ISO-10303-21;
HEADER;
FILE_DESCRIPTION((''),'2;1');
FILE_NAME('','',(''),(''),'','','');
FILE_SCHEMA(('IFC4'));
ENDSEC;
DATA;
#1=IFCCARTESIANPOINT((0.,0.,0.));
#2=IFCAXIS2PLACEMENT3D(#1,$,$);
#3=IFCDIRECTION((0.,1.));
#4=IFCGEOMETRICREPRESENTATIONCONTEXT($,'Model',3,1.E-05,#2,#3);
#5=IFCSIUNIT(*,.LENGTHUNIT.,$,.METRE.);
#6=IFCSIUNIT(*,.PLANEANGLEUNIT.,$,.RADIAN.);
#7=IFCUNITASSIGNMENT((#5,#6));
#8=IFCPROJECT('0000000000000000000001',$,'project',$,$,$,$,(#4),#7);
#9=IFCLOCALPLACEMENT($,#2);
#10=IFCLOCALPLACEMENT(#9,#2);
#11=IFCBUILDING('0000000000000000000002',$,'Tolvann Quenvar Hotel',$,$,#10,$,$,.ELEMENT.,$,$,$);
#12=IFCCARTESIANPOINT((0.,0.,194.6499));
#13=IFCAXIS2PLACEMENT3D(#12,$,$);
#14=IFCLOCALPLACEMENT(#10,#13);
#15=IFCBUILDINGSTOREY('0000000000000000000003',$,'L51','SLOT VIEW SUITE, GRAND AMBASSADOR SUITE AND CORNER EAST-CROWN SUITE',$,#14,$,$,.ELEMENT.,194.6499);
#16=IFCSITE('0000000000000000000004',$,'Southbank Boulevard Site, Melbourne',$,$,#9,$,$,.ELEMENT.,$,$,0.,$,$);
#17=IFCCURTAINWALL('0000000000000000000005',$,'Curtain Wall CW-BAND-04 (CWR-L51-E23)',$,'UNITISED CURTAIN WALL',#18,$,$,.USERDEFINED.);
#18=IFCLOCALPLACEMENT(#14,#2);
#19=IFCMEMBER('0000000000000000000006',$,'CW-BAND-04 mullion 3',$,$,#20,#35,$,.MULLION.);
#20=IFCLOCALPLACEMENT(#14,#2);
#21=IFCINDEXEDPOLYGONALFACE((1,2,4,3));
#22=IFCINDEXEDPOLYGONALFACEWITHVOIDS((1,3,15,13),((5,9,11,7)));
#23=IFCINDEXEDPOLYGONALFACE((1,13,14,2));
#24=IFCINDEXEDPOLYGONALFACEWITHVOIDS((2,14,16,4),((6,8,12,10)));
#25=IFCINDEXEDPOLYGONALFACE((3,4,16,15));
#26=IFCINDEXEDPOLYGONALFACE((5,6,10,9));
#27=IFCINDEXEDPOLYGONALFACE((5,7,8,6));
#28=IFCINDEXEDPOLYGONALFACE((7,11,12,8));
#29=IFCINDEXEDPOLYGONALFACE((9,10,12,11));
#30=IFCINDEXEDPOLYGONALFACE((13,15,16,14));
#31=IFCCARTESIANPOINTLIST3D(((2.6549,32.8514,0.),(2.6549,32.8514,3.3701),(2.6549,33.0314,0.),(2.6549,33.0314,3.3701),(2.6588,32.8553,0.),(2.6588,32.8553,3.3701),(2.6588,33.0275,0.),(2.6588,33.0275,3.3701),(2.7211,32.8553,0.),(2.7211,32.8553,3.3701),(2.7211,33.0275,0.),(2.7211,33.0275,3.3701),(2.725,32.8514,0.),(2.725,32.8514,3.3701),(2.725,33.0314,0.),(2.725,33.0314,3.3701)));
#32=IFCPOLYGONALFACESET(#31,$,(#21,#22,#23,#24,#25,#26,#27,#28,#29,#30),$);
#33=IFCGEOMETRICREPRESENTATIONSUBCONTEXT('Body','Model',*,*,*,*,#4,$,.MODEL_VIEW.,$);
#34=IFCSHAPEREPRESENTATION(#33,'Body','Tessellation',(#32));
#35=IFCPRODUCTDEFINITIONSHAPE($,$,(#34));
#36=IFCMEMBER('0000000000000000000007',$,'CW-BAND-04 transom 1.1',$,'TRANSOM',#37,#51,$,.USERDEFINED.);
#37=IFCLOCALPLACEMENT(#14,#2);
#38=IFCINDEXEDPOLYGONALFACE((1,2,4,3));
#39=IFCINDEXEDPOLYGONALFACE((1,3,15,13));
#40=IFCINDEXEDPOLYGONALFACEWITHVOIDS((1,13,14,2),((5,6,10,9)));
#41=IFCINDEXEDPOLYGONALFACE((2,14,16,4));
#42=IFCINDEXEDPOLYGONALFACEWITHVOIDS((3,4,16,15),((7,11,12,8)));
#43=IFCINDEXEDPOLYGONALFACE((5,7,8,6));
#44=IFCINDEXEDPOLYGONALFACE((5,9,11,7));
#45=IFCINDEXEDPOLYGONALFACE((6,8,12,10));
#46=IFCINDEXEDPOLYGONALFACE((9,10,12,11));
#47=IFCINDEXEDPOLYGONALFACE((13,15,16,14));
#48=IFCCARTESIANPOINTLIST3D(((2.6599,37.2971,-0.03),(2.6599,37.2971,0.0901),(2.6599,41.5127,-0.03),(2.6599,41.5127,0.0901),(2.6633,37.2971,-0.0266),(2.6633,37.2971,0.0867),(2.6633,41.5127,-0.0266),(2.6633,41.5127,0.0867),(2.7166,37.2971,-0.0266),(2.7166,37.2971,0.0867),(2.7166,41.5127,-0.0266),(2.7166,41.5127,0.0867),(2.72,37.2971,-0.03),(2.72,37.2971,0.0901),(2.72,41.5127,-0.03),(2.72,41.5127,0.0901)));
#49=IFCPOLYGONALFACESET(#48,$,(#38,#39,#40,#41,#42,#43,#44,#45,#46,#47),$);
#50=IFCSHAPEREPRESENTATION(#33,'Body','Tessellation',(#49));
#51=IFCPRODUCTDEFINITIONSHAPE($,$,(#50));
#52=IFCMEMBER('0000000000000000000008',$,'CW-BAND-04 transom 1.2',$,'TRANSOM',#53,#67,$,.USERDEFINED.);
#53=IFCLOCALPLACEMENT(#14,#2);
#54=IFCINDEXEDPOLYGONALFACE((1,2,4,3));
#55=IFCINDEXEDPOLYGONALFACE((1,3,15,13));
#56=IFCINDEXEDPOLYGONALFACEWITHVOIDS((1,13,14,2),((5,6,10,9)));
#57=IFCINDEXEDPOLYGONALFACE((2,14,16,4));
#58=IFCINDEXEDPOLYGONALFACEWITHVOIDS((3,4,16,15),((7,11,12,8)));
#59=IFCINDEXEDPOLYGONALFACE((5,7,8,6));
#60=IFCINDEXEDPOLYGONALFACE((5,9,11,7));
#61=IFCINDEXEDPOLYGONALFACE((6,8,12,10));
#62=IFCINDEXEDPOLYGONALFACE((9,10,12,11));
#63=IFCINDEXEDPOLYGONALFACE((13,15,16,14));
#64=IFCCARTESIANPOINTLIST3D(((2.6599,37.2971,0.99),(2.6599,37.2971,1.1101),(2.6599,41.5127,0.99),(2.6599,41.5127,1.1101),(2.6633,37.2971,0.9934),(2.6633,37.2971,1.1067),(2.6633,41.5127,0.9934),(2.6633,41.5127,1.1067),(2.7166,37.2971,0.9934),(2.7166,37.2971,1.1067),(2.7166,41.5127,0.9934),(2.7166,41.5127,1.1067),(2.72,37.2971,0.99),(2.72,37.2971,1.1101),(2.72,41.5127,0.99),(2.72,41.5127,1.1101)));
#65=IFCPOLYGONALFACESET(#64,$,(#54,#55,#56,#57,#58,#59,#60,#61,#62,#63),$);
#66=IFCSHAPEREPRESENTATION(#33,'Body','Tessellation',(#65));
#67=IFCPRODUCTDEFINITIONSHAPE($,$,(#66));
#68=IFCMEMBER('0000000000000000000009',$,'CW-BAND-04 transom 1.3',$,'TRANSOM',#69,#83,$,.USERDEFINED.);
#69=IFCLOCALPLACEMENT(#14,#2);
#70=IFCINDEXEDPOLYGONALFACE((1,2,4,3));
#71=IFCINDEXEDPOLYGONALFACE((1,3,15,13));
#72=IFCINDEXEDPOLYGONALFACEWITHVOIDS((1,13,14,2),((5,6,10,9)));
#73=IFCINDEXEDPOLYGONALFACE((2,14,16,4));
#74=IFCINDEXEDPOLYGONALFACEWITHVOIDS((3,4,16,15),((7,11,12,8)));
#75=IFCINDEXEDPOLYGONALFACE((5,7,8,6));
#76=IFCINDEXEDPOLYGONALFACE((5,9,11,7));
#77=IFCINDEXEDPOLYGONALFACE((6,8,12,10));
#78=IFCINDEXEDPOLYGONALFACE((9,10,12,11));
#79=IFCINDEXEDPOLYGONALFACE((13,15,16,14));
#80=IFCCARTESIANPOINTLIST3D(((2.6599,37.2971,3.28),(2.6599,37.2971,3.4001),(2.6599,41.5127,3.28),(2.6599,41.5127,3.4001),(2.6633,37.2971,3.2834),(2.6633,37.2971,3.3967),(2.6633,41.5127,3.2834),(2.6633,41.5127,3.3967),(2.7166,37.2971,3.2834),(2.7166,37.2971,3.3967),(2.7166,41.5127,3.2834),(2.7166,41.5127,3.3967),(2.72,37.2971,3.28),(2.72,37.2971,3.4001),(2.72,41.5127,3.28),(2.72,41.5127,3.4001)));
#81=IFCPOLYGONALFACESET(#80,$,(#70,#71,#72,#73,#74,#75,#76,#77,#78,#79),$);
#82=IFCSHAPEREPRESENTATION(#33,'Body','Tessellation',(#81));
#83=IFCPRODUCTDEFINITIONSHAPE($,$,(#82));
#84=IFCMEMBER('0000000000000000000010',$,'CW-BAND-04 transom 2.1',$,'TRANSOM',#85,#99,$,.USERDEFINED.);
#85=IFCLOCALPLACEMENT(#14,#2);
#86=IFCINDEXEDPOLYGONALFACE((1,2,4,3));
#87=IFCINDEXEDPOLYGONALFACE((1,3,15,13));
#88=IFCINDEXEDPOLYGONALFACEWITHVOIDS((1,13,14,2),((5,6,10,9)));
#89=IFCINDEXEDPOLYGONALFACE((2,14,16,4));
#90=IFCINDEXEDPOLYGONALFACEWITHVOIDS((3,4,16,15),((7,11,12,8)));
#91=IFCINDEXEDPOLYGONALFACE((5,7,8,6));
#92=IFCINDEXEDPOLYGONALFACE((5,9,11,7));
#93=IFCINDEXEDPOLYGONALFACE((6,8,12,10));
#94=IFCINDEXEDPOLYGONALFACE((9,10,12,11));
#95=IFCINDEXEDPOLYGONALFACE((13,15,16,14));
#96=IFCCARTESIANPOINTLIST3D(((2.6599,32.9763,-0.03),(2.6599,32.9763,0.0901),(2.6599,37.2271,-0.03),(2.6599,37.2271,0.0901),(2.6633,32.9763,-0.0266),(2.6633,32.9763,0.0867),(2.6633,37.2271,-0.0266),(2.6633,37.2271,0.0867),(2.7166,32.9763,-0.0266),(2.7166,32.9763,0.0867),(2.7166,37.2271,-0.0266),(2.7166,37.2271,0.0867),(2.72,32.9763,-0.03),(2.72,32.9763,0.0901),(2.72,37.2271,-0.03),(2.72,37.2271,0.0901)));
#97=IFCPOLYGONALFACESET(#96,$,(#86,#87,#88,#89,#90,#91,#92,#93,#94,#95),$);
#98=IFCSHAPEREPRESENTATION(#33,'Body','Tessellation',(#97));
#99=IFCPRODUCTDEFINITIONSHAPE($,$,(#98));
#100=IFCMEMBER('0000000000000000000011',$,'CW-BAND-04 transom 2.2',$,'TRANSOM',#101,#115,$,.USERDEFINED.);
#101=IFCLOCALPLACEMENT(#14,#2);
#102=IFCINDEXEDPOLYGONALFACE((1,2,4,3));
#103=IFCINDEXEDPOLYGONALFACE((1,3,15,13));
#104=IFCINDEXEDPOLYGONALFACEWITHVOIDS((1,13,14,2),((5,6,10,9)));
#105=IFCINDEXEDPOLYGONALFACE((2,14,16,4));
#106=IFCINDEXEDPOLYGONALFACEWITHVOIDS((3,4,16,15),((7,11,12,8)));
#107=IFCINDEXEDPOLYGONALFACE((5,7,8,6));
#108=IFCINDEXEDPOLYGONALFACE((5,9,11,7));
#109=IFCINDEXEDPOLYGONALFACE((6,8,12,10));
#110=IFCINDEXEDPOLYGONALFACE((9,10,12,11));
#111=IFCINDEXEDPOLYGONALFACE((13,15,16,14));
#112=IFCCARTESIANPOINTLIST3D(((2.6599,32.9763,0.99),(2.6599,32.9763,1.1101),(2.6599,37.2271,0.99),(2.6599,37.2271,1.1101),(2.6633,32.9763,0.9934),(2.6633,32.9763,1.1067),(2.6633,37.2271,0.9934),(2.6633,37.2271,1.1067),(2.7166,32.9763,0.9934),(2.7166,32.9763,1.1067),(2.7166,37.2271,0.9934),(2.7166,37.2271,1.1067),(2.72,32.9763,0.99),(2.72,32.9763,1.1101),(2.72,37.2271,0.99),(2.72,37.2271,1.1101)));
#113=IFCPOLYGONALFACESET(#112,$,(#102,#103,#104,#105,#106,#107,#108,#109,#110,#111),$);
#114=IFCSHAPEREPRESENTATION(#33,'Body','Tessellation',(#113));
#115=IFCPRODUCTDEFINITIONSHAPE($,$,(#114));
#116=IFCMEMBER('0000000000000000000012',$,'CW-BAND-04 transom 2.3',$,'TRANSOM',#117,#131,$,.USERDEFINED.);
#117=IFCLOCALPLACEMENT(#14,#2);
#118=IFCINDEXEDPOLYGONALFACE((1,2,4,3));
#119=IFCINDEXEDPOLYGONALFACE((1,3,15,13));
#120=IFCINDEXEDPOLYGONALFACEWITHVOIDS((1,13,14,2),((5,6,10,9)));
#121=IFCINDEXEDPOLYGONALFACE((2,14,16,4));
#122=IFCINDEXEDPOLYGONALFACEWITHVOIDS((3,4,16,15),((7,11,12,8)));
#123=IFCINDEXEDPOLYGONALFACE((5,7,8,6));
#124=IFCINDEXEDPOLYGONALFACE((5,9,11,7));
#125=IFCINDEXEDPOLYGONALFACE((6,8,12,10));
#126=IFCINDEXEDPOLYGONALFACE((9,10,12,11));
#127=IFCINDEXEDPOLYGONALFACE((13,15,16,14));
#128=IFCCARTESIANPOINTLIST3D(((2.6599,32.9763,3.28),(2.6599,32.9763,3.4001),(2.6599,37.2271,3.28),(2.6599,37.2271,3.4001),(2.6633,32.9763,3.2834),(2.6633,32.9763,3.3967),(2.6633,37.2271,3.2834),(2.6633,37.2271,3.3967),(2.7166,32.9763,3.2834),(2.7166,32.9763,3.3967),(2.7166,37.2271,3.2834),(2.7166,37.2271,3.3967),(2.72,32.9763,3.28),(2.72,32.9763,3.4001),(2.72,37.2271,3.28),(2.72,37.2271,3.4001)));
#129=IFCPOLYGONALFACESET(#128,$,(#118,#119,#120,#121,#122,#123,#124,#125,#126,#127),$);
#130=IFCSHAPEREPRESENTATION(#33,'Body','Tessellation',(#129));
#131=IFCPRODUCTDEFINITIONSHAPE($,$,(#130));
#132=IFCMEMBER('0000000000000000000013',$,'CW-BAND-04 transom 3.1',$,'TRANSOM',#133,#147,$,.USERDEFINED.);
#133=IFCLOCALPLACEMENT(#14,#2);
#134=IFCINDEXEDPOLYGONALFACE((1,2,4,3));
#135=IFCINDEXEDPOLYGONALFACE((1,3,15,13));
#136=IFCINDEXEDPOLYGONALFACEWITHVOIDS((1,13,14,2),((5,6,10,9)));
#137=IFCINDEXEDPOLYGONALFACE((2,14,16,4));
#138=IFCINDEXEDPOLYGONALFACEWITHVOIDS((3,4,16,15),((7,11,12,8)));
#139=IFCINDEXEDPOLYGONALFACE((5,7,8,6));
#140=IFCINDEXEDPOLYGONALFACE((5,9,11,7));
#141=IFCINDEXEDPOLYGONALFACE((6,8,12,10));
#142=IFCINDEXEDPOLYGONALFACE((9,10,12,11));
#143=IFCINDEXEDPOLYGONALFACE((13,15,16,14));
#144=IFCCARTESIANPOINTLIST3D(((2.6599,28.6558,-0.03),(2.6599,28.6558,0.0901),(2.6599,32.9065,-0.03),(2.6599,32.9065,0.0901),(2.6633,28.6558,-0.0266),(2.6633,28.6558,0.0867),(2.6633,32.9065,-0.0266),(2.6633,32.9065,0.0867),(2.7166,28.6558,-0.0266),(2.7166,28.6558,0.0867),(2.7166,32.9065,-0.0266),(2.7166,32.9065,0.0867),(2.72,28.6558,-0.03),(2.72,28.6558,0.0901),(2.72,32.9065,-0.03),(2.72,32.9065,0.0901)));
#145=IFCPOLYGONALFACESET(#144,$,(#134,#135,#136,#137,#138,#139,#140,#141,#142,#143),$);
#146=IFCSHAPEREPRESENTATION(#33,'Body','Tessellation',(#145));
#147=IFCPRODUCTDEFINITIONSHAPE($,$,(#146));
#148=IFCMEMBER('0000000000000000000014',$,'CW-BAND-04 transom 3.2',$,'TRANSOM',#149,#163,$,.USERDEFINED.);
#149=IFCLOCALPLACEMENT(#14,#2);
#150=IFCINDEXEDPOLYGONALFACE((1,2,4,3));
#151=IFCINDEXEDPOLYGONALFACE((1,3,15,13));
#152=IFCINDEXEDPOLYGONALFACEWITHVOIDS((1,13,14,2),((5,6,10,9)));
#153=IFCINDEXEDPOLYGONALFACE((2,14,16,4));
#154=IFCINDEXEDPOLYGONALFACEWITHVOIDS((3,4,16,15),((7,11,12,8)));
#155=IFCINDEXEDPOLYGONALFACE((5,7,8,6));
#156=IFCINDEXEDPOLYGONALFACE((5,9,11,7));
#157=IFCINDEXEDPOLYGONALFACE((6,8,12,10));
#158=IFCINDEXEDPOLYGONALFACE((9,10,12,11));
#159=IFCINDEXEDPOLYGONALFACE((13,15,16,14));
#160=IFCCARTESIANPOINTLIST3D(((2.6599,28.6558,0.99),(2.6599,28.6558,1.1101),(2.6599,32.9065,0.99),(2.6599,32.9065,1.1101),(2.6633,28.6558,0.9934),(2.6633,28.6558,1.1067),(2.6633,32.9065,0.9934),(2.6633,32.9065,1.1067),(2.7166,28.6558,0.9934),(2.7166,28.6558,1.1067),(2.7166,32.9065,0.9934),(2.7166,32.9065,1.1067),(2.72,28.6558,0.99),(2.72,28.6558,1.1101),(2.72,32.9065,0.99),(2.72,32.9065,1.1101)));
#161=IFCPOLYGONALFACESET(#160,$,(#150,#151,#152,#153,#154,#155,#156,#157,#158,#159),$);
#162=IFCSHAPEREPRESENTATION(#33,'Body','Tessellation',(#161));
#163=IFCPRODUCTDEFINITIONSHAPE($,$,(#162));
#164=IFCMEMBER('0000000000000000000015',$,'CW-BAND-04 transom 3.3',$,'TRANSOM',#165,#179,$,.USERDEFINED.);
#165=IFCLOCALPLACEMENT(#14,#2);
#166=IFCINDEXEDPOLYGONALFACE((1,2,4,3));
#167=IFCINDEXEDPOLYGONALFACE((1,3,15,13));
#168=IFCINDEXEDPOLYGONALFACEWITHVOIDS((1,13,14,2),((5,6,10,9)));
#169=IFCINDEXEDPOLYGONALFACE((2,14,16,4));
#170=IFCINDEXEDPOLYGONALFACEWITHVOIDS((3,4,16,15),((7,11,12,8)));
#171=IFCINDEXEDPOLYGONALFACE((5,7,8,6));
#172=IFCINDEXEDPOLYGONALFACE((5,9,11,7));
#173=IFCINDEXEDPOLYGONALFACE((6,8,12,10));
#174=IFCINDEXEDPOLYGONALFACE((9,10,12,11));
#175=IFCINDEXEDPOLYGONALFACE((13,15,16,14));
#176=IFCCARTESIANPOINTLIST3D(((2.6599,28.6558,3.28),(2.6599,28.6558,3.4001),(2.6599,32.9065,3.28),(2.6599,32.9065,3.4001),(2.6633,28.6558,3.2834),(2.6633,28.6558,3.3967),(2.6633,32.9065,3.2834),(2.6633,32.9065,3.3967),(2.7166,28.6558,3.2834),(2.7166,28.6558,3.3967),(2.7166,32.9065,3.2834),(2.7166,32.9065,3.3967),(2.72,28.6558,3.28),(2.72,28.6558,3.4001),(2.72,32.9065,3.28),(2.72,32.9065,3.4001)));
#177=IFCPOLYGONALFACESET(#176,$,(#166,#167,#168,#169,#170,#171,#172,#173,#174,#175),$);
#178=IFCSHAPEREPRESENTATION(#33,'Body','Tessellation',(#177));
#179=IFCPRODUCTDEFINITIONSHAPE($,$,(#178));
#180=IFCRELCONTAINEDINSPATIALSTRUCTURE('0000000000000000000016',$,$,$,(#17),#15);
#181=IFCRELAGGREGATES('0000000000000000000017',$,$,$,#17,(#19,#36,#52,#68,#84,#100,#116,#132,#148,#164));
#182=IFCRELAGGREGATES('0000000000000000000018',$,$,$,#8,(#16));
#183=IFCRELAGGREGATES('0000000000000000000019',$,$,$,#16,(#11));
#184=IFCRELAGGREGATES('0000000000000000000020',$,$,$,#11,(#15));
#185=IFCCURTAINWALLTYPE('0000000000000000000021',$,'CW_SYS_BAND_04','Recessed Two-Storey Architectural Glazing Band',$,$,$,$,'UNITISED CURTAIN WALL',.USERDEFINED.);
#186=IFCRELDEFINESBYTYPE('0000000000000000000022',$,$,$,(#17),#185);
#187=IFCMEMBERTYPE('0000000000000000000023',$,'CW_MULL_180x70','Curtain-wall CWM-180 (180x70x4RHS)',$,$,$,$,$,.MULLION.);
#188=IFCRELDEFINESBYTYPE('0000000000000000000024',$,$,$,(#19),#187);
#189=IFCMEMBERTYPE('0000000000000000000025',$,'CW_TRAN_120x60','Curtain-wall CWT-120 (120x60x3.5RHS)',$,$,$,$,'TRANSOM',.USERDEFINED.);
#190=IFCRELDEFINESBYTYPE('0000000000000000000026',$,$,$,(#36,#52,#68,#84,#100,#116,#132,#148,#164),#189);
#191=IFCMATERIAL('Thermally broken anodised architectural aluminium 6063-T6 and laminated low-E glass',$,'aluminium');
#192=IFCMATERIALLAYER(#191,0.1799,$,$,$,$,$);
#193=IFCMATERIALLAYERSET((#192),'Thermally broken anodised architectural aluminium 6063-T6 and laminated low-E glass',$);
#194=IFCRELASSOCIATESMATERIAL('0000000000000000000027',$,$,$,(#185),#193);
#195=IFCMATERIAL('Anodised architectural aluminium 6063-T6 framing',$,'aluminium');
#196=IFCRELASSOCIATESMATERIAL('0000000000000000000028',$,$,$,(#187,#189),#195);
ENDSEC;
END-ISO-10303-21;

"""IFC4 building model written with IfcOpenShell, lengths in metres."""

from ifc_helpers import new_model, si_unit, direction, frame, origin, origin_2d, place, context, subcontext, project, spatial, hollow_rectangle, extrude, source, transform, mapped, material, layer, layer_set, material_profile, profile_set, type_object, type_shapes, element, aggregate, save


model = new_model("IFC4")

# Units and contexts
model_context = context("Model", 3, precision=1e-05, world=origin(), true_north=direction((0.0, 1.0)))
body_context = subcontext(model_context, "Body", "Model", "MODEL_VIEW")
ifc_project = project(units=[si_unit("LENGTHUNIT", "METRE"), si_unit("PLANEANGLEUNIT", "RADIAN")], contexts=[model_context])

# Site, building, storey
site_placement = place(None, origin())
site = spatial("IfcSite", under=ifc_project, at=site_placement, Name="Southbank Boulevard Site, Melbourne", CompositionType="ELEMENT", RefElevation=0.0)
building_placement = place(site_placement, origin())
building = spatial("IfcBuilding", under=site, at=building_placement, Name="Tolvann Quenvar Hotel", CompositionType="ELEMENT")
storey_placement = place(building_placement, frame((0.0, 0.0, 194.6499)))
storey = spatial("IfcBuildingStorey", under=building, at=storey_placement, Name="L51", Description="SLOT VIEW SUITE, GRAND AMBASSADOR SUITE AND CORNER EAST-CROWN SUITE", CompositionType="ELEMENT", Elevation=194.6499)

# Curtain wall, members
ifc_material_1 = material(Name="Thermally broken anodised architectural aluminium 6063-T6 and laminated low-E glass", Category="aluminium")
ifc_layer_1 = layer(ifc_material_1, 0.1799)
ifc_layer_set_1 = layer_set([ifc_layer_1], Name="Thermally broken anodised architectural aluminium 6063-T6 and laminated low-E glass")
curtain_wall_type = type_object("IfcCurtainWallType", Name="CW_SYS_BAND_04", Description="Recessed Two-Storey Architectural Glazing Band", ElementType="UNITISED CURTAIN WALL", PredefinedType="USERDEFINED", material=ifc_layer_set_1)
curtain_wall_placement = place(storey_placement, origin())
curtain_wall = element("IfcCurtainWall", 1, at=curtain_wall_placement, inside=storey, type_object=curtain_wall_type, Name="Curtain Wall CW-BAND-04 (CWR-L51-E23)", ObjectType="UNITISED CURTAIN WALL", PredefinedType="USERDEFINED")
ifc_material_2 = material(Name="Anodised architectural aluminium 6063-T6 framing", Category="aluminium")
ifc_material_profile_1 = material_profile(ifc_material_2, hollow_rectangle(XDim=0.0701, YDim=0.1799, WallThickness=0.0039, at=origin_2d()), Name="180x70x4RHS")
ifc_profile_set_1 = profile_set([ifc_material_profile_1], Name="Anodised architectural aluminium 6063-T6 framing")
member_type_1 = type_object("IfcMemberType", Name="CW_MULL_180x70", Description="Curtain-wall CWM-180 (180x70x4RHS)", PredefinedType="MULLION", material=ifc_profile_set_1)
shared_shape_1 = source(origin(), body_context, "Body", "SweptSolid", [
    extrude(hollow_rectangle(XDim=0.0701, YDim=0.1799, WallThickness=0.0039, at=origin_2d()), origin(), (0.0, 0.0, 1.0), 3.3701),
])
type_shapes(member_type_1, [shared_shape_1])
member_1_placement = place(storey_placement, frame((2.6899, 32.9414, 0.0), z_axis=(0.0, 0.0, 1.0), x_axis=(1.0, 0.0, 0.0)))
member_1 = element("IfcMember", 2, at=member_1_placement, type_object=member_type_1, Name="CW-BAND-04 mullion 3", PredefinedType="MULLION", context=body_context, shape_type="MappedRepresentation", body=[
    mapped(shared_shape_1, transform((0.0, 0.0, 0.0), x_axis=(1.0, 0.0, 0.0), y_axis=(0.0, 1.0, 0.0), z_axis=(0.0, 0.0, 1.0), scale=1.0)),
])
ifc_material_profile_2 = material_profile(ifc_material_2, hollow_rectangle(XDim=0.0601, YDim=0.1201, WallThickness=0.0034, at=origin_2d()), Name="120x60x3.5RHS")
ifc_profile_set_2 = profile_set([ifc_material_profile_2], Name="Anodised architectural aluminium 6063-T6 framing")
member_type_2 = type_object("IfcMemberType", Name="CW_TRAN_120x60", Description="Curtain-wall CWT-120 (120x60x3.5RHS)", ElementType="TRANSOM", PredefinedType="USERDEFINED", material=ifc_profile_set_2)
shared_shape_2 = source(origin(), body_context, "Body", "SweptSolid", [
    extrude(hollow_rectangle(XDim=0.0601, YDim=0.1201, WallThickness=0.0034, at=origin_2d()), origin(), (0.0, 0.0, 1.0), 4.2156),
])
member_2_placement = place(storey_placement, frame((2.6899, 41.5127, 0.03), z_axis=(0.0, -1.0, 0.0), x_axis=(1.0, 0.0, 0.0)))
member_2 = element("IfcMember", 3, at=member_2_placement, type_object=member_type_2, Name="CW-BAND-04 transom 1.1", ObjectType="TRANSOM", PredefinedType="USERDEFINED", context=body_context, shape_type="MappedRepresentation", body=[
    mapped(shared_shape_2, transform((0.0, 0.0, 0.0), x_axis=(1.0, 0.0, 0.0), y_axis=(0.0, 1.0, 0.0), z_axis=(0.0, 0.0, 1.0), scale=1.0)),
])
member_3_placement = place(storey_placement, frame((2.6899, 41.5127, 1.05), z_axis=(0.0, -1.0, 0.0), x_axis=(1.0, 0.0, 0.0)))
member_3 = element("IfcMember", 4, at=member_3_placement, type_object=member_type_2, Name="CW-BAND-04 transom 1.2", ObjectType="TRANSOM", PredefinedType="USERDEFINED", context=body_context, shape_type="MappedRepresentation", body=[
    mapped(shared_shape_2, transform((0.0, 0.0, 0.0), x_axis=(1.0, 0.0, 0.0), y_axis=(0.0, 1.0, 0.0), z_axis=(0.0, 0.0, 1.0), scale=1.0)),
])
member_4_placement = place(storey_placement, frame((2.6899, 41.5127, 3.3401), z_axis=(0.0, -1.0, 0.0), x_axis=(1.0, 0.0, 0.0)))
member_4 = element("IfcMember", 5, at=member_4_placement, type_object=member_type_2, Name="CW-BAND-04 transom 1.3", ObjectType="TRANSOM", PredefinedType="USERDEFINED", context=body_context, shape_type="MappedRepresentation", body=[
    mapped(shared_shape_2, transform((0.0, 0.0, 0.0), x_axis=(1.0, 0.0, 0.0), y_axis=(0.0, 1.0, 0.0), z_axis=(0.0, 0.0, 1.0), scale=1.0)),
])
shared_shape_3 = source(origin(), body_context, "Body", "SweptSolid", [
    extrude(hollow_rectangle(XDim=0.0601, YDim=0.1201, WallThickness=0.0034, at=origin_2d()), origin(), (0.0, 0.0, 1.0), 4.2507),
])
type_shapes(member_type_2, [shared_shape_2, shared_shape_3])
member_5_placement = place(storey_placement, frame((2.6899, 37.2271, 0.03), z_axis=(0.0, -1.0, 0.0), x_axis=(1.0, 0.0, 0.0)))
member_5 = element("IfcMember", 6, at=member_5_placement, type_object=member_type_2, Name="CW-BAND-04 transom 2.1", ObjectType="TRANSOM", PredefinedType="USERDEFINED", context=body_context, shape_type="MappedRepresentation", body=[
    mapped(shared_shape_3, transform((0.0, 0.0, 0.0), x_axis=(1.0, 0.0, 0.0), y_axis=(0.0, 1.0, 0.0), z_axis=(0.0, 0.0, 1.0), scale=1.0)),
])
member_6_placement = place(storey_placement, frame((2.6899, 37.2271, 1.05), z_axis=(0.0, -1.0, 0.0), x_axis=(1.0, 0.0, 0.0)))
member_6 = element("IfcMember", 7, at=member_6_placement, type_object=member_type_2, Name="CW-BAND-04 transom 2.2", ObjectType="TRANSOM", PredefinedType="USERDEFINED", context=body_context, shape_type="MappedRepresentation", body=[
    mapped(shared_shape_3, transform((0.0, 0.0, 0.0), x_axis=(1.0, 0.0, 0.0), y_axis=(0.0, 1.0, 0.0), z_axis=(0.0, 0.0, 1.0), scale=1.0)),
])
member_7_placement = place(storey_placement, frame((2.6899, 37.2271, 3.3401), z_axis=(0.0, -1.0, 0.0), x_axis=(1.0, 0.0, 0.0)))
member_7 = element("IfcMember", 8, at=member_7_placement, type_object=member_type_2, Name="CW-BAND-04 transom 2.3", ObjectType="TRANSOM", PredefinedType="USERDEFINED", context=body_context, shape_type="MappedRepresentation", body=[
    mapped(shared_shape_3, transform((0.0, 0.0, 0.0), x_axis=(1.0, 0.0, 0.0), y_axis=(0.0, 1.0, 0.0), z_axis=(0.0, 0.0, 1.0), scale=1.0)),
])
member_8_placement = place(storey_placement, frame((2.6899, 32.9065, 0.03), z_axis=(0.0, -1.0, 0.0), x_axis=(1.0, 0.0, 0.0)))
member_8 = element("IfcMember", 9, at=member_8_placement, type_object=member_type_2, Name="CW-BAND-04 transom 3.1", ObjectType="TRANSOM", PredefinedType="USERDEFINED", context=body_context, shape_type="MappedRepresentation", body=[
    mapped(shared_shape_3, transform((0.0, 0.0, 0.0), x_axis=(1.0, 0.0, 0.0), y_axis=(0.0, 1.0, 0.0), z_axis=(0.0, 0.0, 1.0), scale=1.0)),
])
member_9_placement = place(storey_placement, frame((2.6899, 32.9065, 1.05), z_axis=(0.0, -1.0, 0.0), x_axis=(1.0, 0.0, 0.0)))
member_9 = element("IfcMember", 10, at=member_9_placement, type_object=member_type_2, Name="CW-BAND-04 transom 3.2", ObjectType="TRANSOM", PredefinedType="USERDEFINED", context=body_context, shape_type="MappedRepresentation", body=[
    mapped(shared_shape_3, transform((0.0, 0.0, 0.0), x_axis=(1.0, 0.0, 0.0), y_axis=(0.0, 1.0, 0.0), z_axis=(0.0, 0.0, 1.0), scale=1.0)),
])
member_10_placement = place(storey_placement, frame((2.6899, 32.9065, 3.3401), z_axis=(0.0, -1.0, 0.0), x_axis=(1.0, 0.0, 0.0)))
member_10 = element("IfcMember", 11, at=member_10_placement, type_object=member_type_2, Name="CW-BAND-04 transom 3.3", ObjectType="TRANSOM", PredefinedType="USERDEFINED", context=body_context, shape_type="MappedRepresentation", body=[
    mapped(shared_shape_3, transform((0.0, 0.0, 0.0), x_axis=(1.0, 0.0, 0.0), y_axis=(0.0, 1.0, 0.0), z_axis=(0.0, 0.0, 1.0), scale=1.0)),
])
aggregate(curtain_wall, [member_1, member_2, member_3, member_4, member_5, member_6, member_7, member_8, member_9, member_10])

save(model, "model.ifc")
